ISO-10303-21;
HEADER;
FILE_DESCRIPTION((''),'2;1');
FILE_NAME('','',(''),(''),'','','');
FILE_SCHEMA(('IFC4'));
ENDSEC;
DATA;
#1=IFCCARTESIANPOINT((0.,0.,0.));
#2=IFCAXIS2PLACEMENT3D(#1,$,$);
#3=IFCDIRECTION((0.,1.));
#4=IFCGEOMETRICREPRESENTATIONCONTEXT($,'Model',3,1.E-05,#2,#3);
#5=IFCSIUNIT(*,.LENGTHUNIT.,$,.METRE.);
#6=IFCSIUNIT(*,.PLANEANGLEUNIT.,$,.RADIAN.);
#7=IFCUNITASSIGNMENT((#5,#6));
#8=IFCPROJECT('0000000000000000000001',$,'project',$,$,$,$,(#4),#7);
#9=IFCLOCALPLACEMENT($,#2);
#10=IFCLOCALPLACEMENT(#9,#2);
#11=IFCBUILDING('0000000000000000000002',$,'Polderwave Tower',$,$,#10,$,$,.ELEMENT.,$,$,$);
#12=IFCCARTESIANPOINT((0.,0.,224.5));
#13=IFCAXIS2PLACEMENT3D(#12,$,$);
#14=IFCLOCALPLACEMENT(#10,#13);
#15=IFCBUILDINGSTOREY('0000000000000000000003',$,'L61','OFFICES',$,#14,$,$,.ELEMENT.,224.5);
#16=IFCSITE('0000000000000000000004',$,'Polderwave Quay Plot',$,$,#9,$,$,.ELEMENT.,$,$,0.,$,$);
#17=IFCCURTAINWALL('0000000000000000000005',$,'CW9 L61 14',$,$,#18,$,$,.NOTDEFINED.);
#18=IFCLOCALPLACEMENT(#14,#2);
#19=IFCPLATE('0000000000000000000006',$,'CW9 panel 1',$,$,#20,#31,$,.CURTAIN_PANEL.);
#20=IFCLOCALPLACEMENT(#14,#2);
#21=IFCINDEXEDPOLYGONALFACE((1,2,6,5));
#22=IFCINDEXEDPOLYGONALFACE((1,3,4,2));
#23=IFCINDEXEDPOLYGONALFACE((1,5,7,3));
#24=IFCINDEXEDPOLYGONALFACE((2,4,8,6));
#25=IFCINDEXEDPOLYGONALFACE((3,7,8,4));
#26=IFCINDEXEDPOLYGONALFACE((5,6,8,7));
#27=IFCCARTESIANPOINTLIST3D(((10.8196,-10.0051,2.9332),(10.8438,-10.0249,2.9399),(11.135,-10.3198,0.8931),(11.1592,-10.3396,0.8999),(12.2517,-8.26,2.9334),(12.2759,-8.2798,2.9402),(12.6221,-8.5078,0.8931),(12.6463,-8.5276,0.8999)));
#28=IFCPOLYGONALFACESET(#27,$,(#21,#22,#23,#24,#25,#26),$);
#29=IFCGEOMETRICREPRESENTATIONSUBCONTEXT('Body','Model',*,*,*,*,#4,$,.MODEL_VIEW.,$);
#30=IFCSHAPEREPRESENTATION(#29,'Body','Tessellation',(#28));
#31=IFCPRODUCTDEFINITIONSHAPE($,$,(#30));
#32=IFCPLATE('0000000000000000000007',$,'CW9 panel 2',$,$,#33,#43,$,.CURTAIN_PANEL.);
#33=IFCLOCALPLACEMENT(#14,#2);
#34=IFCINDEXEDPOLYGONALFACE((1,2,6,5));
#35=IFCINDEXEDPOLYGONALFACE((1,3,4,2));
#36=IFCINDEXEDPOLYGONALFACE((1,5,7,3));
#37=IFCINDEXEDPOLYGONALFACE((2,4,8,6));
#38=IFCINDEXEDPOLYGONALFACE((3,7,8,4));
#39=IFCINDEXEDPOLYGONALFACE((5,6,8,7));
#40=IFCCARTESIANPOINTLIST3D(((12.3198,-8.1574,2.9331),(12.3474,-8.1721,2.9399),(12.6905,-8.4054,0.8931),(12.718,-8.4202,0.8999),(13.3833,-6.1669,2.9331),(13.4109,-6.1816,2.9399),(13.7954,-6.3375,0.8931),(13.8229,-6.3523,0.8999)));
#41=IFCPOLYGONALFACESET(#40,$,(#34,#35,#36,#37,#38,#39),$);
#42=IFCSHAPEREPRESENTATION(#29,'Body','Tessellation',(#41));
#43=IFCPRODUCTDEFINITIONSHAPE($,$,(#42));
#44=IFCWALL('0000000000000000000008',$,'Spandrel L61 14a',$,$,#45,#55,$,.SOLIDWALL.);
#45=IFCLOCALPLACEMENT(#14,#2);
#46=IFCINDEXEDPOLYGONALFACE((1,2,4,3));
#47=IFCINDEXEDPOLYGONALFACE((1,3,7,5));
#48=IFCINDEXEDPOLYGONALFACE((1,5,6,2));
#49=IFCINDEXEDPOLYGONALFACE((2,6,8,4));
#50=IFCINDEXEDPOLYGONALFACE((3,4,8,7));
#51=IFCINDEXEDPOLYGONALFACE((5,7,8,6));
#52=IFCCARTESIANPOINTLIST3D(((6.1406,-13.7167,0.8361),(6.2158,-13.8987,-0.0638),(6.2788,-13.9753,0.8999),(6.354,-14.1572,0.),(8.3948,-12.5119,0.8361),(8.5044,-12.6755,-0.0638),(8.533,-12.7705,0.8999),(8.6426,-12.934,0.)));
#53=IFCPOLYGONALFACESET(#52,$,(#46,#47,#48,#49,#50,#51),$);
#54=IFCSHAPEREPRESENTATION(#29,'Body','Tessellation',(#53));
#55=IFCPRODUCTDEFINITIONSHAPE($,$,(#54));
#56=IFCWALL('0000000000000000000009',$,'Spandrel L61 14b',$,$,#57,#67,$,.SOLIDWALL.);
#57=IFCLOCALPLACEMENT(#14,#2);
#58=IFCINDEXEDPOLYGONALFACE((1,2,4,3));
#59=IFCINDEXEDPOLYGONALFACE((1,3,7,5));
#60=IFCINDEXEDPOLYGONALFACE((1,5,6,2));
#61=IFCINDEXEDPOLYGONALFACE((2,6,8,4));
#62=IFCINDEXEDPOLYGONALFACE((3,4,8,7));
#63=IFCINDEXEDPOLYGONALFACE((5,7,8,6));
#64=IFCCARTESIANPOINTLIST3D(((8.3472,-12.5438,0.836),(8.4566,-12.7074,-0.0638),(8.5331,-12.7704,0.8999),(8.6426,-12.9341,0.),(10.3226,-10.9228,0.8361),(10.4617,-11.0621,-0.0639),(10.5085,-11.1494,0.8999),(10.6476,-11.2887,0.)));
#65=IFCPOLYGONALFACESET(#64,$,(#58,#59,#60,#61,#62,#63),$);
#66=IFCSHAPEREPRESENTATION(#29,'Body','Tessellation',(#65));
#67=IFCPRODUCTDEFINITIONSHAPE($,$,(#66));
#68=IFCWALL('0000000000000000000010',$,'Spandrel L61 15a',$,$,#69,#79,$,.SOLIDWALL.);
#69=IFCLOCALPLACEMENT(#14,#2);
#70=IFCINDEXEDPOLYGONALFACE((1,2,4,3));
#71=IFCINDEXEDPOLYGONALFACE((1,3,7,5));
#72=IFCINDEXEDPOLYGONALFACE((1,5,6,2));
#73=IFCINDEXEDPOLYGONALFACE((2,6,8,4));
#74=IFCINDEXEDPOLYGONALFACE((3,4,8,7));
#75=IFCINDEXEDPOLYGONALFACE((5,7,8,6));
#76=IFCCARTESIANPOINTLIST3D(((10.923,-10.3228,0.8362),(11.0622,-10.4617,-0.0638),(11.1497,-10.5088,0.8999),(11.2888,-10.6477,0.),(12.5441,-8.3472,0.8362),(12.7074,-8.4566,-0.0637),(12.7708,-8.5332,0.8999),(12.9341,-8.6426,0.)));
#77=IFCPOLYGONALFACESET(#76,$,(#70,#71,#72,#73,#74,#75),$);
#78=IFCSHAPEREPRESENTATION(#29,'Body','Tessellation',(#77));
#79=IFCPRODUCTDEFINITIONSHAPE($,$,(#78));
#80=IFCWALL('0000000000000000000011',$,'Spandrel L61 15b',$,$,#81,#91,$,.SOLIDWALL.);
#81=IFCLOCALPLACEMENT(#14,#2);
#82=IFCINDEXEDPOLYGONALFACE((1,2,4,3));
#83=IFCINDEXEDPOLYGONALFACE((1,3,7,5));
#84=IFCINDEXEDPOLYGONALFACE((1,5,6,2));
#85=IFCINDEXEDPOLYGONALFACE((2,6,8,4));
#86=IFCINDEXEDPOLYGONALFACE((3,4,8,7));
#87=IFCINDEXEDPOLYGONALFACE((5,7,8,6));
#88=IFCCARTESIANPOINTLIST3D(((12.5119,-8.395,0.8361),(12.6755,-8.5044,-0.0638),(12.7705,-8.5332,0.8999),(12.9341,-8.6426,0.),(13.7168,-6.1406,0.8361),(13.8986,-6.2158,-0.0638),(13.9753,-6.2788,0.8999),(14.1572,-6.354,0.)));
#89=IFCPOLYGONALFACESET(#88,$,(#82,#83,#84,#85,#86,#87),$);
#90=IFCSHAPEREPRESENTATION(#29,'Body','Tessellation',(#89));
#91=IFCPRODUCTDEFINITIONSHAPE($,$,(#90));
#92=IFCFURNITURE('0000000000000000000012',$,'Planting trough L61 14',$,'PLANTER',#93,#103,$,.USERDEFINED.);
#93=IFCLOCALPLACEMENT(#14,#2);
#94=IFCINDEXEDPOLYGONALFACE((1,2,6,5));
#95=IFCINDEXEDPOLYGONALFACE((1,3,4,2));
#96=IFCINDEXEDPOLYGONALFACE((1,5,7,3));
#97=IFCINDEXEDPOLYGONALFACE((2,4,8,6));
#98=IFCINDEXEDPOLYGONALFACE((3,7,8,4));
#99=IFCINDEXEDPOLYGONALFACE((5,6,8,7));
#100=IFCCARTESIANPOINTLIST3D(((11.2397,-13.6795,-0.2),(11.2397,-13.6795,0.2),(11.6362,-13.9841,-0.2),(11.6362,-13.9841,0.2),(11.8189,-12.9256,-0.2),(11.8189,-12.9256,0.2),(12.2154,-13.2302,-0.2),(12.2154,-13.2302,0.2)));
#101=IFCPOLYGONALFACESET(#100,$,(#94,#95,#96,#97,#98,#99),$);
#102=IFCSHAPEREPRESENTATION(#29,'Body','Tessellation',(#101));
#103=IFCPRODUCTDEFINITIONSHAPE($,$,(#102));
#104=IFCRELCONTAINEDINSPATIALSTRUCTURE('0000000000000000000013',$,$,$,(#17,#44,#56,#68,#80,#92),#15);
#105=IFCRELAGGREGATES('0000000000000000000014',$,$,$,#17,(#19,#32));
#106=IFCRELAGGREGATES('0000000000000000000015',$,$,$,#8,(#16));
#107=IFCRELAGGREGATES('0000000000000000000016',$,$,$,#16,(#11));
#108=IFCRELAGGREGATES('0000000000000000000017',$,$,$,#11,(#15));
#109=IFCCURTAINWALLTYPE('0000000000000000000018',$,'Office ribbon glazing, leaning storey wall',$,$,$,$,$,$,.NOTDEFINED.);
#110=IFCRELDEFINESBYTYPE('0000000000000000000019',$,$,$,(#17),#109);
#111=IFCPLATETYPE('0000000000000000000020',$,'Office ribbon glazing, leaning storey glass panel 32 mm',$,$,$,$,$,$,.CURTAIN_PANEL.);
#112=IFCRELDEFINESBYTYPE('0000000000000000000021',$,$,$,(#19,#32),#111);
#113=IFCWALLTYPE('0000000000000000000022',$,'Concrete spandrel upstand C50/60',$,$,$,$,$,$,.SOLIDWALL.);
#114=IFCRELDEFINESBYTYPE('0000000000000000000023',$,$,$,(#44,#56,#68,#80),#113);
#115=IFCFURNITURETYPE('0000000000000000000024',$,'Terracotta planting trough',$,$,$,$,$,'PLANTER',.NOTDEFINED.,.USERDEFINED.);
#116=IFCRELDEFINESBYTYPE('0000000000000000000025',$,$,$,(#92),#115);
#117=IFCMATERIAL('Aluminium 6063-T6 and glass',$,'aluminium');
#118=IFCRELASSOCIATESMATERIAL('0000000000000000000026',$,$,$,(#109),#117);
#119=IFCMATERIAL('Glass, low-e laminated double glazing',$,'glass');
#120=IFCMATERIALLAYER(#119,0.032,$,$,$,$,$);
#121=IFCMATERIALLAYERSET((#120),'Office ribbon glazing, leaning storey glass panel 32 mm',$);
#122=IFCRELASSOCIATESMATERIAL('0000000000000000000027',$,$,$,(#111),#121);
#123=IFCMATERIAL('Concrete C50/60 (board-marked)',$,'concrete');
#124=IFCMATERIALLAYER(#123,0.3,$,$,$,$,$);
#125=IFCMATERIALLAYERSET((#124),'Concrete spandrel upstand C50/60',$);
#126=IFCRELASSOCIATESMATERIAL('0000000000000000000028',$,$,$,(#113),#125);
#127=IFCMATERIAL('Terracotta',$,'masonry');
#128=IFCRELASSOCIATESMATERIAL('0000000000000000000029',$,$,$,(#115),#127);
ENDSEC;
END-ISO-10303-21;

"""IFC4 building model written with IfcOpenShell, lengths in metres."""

from ifc_helpers import new_model, si_unit, direction, frame, origin, origin_2d, place, context, subcontext, project, spatial, polyline, rectangle, outline, extrude, material, layer, layer_set, type_object, element, aggregate, save


model = new_model("IFC4")

# Units and contexts
model_context = context("Model", 3, precision=1e-05, world=origin(), true_north=direction((0.0, 1.0)))
body_context = subcontext(model_context, "Body", "Model", "MODEL_VIEW")
ifc_project = project(units=[si_unit("LENGTHUNIT", "METRE"), si_unit("PLANEANGLEUNIT", "RADIAN")], contexts=[model_context])

# Site, building, storey
site_placement = place(None, origin())
site = spatial("IfcSite", under=ifc_project, at=site_placement, Name="Polderwave Quay Plot", CompositionType="ELEMENT", RefElevation=0.0)
building_placement = place(site_placement, origin())
building = spatial("IfcBuilding", under=site, at=building_placement, Name="Polderwave Tower", CompositionType="ELEMENT")
storey_placement = place(building_placement, frame((0.0, 0.0, 224.5)))
storey = spatial("IfcBuildingStorey", under=building, at=storey_placement, Name="L61", Description="OFFICES", CompositionType="ELEMENT", Elevation=224.5)

# Curtain wall
ifc_material_1 = material(Name="Aluminium 6063-T6 and glass", Category="aluminium")
curtain_wall_type = type_object("IfcCurtainWallType", Name="Office ribbon glazing, leaning storey wall", PredefinedType="NOTDEFINED", material=ifc_material_1)
curtain_wall_1_placement = place(storey_placement, origin())
curtain_wall_1 = element("IfcCurtainWall", 1, at=curtain_wall_1_placement, inside=storey, type_object=curtain_wall_type, Name="CW9 L61 14", PredefinedType="NOTDEFINED")

# Plates
ifc_material_2 = material(Name="Glass, low-e laminated double glazing", Category="glass")
ifc_layer_1 = layer(ifc_material_2, 0.032)
ifc_layer_set_1 = layer_set([ifc_layer_1], Name="Office ribbon glazing, leaning storey glass panel 32 mm")
plate_type = type_object("IfcPlateType", Name="Office ribbon glazing, leaning storey glass panel 32 mm", PredefinedType="CURTAIN_PANEL", material=ifc_layer_set_1)
plate_1_placement = place(storey_placement, frame((11.1592, -10.3396, 0.8999), z_axis=(0.75537, -0.619916, 0.212417), x_axis=(0.634393, 0.773011, 0.000001)))
plate_1 = element("IfcPlate", 2, at=plate_1_placement, type_object=plate_type, Name="CW9 panel 1", PredefinedType="CURTAIN_PANEL", context=body_context, shape_type="SweptSolid", body=[
    extrude(outline(polyline([(0.0, 0.0), (2.3441, 0.0), (2.3007, 2.0879), (0.0432, 2.0877), (0.0, 0.0)])), origin(), (0.0, 0.0, -1.0), 0.032),
])
plate_2_placement = place(storey_placement, frame((12.718, -8.4202, 0.8999), z_axis=(0.861831, -0.460493, 0.212588), x_axis=(0.471267, 0.881991, -0.000006)))
plate_2 = element("IfcPlate", 3, at=plate_2_placement, type_object=plate_type, Name="CW9 panel 2", PredefinedType="CURTAIN_PANEL", context=body_context, shape_type="SweptSolid", body=[
    extrude(outline(polyline([(0.0, 0.0), (2.3446, 0.0), (2.3009, 2.0878), (0.0441, 2.0877), (0.0, 0.0)])), origin(), (0.0, 0.0, -1.0), 0.032),
])
aggregate(curtain_wall_1, [plate_1, plate_2])

# Walls
ifc_material_3 = material(Name="Concrete C50/60 (board-marked)", Category="concrete")
ifc_layer_2 = layer(ifc_material_3, 0.3)
ifc_layer_set_2 = layer_set([ifc_layer_2], Name="Concrete spandrel upstand C50/60")
wall_type = type_object("IfcWallType", Name="Concrete spandrel upstand C50/60", PredefinedType="SOLIDWALL", material=ifc_layer_set_2)
wall_1_placement = place(storey_placement, frame((6.354, -14.1572, 0.0), z_axis=(0.460586, -0.861753, 0.212703), x_axis=(0.881934, 0.471372, -0.000003)))
element("IfcWall", 4, at=wall_1_placement, inside=storey, type_object=wall_type, Name="Spandrel L61 14a", PredefinedType="SOLIDWALL", context=body_context, shape_type="SweptSolid", body=[
    extrude(outline(polyline([(0.0, 0.0), (2.5949, 0.0), (2.5754, 0.921), (0.0194, 0.921), (0.0, 0.0)])), origin(), (0.0, 0.0, -1.0), 0.3),
])
wall_2_placement = place(storey_placement, frame((8.6426, -12.9341, 0.0), z_axis=(0.619833, -0.755345, 0.212747), x_axis=(0.773043, 0.634354, -0.000008)))
element("IfcWall", 5, at=wall_2_placement, inside=storey, type_object=wall_type, Name="Spandrel L61 14b", PredefinedType="SOLIDWALL", context=body_context, shape_type="SweptSolid", body=[
    extrude(outline(polyline([(0.0, 0.0), (2.5937, 0.0), (2.5746, 0.921), (0.0192, 0.921), (0.0, 0.0)])), origin(), (0.0, 0.0, -1.0), 0.3),
])
wall_3_placement = place(storey_placement, frame((11.2888, -10.6477, 0.0), z_axis=(0.75541, -0.619848, 0.212471), x_axis=(0.634332, 0.773061, 0.000002)))
element("IfcWall", 6, at=wall_3_placement, inside=storey, type_object=wall_type, Name="Spandrel L61 15a", PredefinedType="SOLIDWALL", context=body_context, shape_type="SweptSolid", body=[
    extrude(outline(polyline([(0.0, 0.0), (2.5937, 0.0), (2.5747, 0.9209), (0.0191, 0.9209), (0.0, 0.0)])), origin(), (0.0, 0.0, -1.0), 0.3),
])
wall_4_placement = place(storey_placement, frame((12.9341, -8.6426, 0.0), z_axis=(0.861774, -0.460573, 0.212643), x_axis=(0.471353, 0.881944, -0.000002)))
element("IfcWall", 7, at=wall_4_placement, inside=storey, type_object=wall_type, Name="Spandrel L61 15b", PredefinedType="SOLIDWALL", context=body_context, shape_type="SweptSolid", body=[
    extrude(outline(polyline([(0.0, 0.0), (2.5949, 0.0), (2.5755, 0.921), (0.0194, 0.921), (0.0, 0.0)])), origin(), (0.0, 0.0, -1.0), 0.3),
])

# Furniture
ifc_material_4 = material(Name="Terracotta", Category="masonry")
furniture_type = type_object("IfcFurnitureType", Name="Terracotta planting trough", ElementType="PLANTER", AssemblyPlace="NOTDEFINED", PredefinedType="USERDEFINED", material=ifc_material_4)
furniture_placement = place(storey_placement, frame((11.7275, -13.4548, -0.2), z_axis=(0.0, 0.0, 1.0), x_axis=(0.609228, 0.792995, 0.0)))
element("IfcFurniture", 8, at=furniture_placement, inside=storey, type_object=furniture_type, Name="Planting trough L61 14", ObjectType="PLANTER", PredefinedType="USERDEFINED", context=body_context, shape_type="SweptSolid", body=[
    extrude(rectangle(XDim=0.9507, YDim=0.5, at=origin_2d()), origin(), (0.0, 0.0, 1.0), 0.3999),
])

save(model, "model.ifc")
